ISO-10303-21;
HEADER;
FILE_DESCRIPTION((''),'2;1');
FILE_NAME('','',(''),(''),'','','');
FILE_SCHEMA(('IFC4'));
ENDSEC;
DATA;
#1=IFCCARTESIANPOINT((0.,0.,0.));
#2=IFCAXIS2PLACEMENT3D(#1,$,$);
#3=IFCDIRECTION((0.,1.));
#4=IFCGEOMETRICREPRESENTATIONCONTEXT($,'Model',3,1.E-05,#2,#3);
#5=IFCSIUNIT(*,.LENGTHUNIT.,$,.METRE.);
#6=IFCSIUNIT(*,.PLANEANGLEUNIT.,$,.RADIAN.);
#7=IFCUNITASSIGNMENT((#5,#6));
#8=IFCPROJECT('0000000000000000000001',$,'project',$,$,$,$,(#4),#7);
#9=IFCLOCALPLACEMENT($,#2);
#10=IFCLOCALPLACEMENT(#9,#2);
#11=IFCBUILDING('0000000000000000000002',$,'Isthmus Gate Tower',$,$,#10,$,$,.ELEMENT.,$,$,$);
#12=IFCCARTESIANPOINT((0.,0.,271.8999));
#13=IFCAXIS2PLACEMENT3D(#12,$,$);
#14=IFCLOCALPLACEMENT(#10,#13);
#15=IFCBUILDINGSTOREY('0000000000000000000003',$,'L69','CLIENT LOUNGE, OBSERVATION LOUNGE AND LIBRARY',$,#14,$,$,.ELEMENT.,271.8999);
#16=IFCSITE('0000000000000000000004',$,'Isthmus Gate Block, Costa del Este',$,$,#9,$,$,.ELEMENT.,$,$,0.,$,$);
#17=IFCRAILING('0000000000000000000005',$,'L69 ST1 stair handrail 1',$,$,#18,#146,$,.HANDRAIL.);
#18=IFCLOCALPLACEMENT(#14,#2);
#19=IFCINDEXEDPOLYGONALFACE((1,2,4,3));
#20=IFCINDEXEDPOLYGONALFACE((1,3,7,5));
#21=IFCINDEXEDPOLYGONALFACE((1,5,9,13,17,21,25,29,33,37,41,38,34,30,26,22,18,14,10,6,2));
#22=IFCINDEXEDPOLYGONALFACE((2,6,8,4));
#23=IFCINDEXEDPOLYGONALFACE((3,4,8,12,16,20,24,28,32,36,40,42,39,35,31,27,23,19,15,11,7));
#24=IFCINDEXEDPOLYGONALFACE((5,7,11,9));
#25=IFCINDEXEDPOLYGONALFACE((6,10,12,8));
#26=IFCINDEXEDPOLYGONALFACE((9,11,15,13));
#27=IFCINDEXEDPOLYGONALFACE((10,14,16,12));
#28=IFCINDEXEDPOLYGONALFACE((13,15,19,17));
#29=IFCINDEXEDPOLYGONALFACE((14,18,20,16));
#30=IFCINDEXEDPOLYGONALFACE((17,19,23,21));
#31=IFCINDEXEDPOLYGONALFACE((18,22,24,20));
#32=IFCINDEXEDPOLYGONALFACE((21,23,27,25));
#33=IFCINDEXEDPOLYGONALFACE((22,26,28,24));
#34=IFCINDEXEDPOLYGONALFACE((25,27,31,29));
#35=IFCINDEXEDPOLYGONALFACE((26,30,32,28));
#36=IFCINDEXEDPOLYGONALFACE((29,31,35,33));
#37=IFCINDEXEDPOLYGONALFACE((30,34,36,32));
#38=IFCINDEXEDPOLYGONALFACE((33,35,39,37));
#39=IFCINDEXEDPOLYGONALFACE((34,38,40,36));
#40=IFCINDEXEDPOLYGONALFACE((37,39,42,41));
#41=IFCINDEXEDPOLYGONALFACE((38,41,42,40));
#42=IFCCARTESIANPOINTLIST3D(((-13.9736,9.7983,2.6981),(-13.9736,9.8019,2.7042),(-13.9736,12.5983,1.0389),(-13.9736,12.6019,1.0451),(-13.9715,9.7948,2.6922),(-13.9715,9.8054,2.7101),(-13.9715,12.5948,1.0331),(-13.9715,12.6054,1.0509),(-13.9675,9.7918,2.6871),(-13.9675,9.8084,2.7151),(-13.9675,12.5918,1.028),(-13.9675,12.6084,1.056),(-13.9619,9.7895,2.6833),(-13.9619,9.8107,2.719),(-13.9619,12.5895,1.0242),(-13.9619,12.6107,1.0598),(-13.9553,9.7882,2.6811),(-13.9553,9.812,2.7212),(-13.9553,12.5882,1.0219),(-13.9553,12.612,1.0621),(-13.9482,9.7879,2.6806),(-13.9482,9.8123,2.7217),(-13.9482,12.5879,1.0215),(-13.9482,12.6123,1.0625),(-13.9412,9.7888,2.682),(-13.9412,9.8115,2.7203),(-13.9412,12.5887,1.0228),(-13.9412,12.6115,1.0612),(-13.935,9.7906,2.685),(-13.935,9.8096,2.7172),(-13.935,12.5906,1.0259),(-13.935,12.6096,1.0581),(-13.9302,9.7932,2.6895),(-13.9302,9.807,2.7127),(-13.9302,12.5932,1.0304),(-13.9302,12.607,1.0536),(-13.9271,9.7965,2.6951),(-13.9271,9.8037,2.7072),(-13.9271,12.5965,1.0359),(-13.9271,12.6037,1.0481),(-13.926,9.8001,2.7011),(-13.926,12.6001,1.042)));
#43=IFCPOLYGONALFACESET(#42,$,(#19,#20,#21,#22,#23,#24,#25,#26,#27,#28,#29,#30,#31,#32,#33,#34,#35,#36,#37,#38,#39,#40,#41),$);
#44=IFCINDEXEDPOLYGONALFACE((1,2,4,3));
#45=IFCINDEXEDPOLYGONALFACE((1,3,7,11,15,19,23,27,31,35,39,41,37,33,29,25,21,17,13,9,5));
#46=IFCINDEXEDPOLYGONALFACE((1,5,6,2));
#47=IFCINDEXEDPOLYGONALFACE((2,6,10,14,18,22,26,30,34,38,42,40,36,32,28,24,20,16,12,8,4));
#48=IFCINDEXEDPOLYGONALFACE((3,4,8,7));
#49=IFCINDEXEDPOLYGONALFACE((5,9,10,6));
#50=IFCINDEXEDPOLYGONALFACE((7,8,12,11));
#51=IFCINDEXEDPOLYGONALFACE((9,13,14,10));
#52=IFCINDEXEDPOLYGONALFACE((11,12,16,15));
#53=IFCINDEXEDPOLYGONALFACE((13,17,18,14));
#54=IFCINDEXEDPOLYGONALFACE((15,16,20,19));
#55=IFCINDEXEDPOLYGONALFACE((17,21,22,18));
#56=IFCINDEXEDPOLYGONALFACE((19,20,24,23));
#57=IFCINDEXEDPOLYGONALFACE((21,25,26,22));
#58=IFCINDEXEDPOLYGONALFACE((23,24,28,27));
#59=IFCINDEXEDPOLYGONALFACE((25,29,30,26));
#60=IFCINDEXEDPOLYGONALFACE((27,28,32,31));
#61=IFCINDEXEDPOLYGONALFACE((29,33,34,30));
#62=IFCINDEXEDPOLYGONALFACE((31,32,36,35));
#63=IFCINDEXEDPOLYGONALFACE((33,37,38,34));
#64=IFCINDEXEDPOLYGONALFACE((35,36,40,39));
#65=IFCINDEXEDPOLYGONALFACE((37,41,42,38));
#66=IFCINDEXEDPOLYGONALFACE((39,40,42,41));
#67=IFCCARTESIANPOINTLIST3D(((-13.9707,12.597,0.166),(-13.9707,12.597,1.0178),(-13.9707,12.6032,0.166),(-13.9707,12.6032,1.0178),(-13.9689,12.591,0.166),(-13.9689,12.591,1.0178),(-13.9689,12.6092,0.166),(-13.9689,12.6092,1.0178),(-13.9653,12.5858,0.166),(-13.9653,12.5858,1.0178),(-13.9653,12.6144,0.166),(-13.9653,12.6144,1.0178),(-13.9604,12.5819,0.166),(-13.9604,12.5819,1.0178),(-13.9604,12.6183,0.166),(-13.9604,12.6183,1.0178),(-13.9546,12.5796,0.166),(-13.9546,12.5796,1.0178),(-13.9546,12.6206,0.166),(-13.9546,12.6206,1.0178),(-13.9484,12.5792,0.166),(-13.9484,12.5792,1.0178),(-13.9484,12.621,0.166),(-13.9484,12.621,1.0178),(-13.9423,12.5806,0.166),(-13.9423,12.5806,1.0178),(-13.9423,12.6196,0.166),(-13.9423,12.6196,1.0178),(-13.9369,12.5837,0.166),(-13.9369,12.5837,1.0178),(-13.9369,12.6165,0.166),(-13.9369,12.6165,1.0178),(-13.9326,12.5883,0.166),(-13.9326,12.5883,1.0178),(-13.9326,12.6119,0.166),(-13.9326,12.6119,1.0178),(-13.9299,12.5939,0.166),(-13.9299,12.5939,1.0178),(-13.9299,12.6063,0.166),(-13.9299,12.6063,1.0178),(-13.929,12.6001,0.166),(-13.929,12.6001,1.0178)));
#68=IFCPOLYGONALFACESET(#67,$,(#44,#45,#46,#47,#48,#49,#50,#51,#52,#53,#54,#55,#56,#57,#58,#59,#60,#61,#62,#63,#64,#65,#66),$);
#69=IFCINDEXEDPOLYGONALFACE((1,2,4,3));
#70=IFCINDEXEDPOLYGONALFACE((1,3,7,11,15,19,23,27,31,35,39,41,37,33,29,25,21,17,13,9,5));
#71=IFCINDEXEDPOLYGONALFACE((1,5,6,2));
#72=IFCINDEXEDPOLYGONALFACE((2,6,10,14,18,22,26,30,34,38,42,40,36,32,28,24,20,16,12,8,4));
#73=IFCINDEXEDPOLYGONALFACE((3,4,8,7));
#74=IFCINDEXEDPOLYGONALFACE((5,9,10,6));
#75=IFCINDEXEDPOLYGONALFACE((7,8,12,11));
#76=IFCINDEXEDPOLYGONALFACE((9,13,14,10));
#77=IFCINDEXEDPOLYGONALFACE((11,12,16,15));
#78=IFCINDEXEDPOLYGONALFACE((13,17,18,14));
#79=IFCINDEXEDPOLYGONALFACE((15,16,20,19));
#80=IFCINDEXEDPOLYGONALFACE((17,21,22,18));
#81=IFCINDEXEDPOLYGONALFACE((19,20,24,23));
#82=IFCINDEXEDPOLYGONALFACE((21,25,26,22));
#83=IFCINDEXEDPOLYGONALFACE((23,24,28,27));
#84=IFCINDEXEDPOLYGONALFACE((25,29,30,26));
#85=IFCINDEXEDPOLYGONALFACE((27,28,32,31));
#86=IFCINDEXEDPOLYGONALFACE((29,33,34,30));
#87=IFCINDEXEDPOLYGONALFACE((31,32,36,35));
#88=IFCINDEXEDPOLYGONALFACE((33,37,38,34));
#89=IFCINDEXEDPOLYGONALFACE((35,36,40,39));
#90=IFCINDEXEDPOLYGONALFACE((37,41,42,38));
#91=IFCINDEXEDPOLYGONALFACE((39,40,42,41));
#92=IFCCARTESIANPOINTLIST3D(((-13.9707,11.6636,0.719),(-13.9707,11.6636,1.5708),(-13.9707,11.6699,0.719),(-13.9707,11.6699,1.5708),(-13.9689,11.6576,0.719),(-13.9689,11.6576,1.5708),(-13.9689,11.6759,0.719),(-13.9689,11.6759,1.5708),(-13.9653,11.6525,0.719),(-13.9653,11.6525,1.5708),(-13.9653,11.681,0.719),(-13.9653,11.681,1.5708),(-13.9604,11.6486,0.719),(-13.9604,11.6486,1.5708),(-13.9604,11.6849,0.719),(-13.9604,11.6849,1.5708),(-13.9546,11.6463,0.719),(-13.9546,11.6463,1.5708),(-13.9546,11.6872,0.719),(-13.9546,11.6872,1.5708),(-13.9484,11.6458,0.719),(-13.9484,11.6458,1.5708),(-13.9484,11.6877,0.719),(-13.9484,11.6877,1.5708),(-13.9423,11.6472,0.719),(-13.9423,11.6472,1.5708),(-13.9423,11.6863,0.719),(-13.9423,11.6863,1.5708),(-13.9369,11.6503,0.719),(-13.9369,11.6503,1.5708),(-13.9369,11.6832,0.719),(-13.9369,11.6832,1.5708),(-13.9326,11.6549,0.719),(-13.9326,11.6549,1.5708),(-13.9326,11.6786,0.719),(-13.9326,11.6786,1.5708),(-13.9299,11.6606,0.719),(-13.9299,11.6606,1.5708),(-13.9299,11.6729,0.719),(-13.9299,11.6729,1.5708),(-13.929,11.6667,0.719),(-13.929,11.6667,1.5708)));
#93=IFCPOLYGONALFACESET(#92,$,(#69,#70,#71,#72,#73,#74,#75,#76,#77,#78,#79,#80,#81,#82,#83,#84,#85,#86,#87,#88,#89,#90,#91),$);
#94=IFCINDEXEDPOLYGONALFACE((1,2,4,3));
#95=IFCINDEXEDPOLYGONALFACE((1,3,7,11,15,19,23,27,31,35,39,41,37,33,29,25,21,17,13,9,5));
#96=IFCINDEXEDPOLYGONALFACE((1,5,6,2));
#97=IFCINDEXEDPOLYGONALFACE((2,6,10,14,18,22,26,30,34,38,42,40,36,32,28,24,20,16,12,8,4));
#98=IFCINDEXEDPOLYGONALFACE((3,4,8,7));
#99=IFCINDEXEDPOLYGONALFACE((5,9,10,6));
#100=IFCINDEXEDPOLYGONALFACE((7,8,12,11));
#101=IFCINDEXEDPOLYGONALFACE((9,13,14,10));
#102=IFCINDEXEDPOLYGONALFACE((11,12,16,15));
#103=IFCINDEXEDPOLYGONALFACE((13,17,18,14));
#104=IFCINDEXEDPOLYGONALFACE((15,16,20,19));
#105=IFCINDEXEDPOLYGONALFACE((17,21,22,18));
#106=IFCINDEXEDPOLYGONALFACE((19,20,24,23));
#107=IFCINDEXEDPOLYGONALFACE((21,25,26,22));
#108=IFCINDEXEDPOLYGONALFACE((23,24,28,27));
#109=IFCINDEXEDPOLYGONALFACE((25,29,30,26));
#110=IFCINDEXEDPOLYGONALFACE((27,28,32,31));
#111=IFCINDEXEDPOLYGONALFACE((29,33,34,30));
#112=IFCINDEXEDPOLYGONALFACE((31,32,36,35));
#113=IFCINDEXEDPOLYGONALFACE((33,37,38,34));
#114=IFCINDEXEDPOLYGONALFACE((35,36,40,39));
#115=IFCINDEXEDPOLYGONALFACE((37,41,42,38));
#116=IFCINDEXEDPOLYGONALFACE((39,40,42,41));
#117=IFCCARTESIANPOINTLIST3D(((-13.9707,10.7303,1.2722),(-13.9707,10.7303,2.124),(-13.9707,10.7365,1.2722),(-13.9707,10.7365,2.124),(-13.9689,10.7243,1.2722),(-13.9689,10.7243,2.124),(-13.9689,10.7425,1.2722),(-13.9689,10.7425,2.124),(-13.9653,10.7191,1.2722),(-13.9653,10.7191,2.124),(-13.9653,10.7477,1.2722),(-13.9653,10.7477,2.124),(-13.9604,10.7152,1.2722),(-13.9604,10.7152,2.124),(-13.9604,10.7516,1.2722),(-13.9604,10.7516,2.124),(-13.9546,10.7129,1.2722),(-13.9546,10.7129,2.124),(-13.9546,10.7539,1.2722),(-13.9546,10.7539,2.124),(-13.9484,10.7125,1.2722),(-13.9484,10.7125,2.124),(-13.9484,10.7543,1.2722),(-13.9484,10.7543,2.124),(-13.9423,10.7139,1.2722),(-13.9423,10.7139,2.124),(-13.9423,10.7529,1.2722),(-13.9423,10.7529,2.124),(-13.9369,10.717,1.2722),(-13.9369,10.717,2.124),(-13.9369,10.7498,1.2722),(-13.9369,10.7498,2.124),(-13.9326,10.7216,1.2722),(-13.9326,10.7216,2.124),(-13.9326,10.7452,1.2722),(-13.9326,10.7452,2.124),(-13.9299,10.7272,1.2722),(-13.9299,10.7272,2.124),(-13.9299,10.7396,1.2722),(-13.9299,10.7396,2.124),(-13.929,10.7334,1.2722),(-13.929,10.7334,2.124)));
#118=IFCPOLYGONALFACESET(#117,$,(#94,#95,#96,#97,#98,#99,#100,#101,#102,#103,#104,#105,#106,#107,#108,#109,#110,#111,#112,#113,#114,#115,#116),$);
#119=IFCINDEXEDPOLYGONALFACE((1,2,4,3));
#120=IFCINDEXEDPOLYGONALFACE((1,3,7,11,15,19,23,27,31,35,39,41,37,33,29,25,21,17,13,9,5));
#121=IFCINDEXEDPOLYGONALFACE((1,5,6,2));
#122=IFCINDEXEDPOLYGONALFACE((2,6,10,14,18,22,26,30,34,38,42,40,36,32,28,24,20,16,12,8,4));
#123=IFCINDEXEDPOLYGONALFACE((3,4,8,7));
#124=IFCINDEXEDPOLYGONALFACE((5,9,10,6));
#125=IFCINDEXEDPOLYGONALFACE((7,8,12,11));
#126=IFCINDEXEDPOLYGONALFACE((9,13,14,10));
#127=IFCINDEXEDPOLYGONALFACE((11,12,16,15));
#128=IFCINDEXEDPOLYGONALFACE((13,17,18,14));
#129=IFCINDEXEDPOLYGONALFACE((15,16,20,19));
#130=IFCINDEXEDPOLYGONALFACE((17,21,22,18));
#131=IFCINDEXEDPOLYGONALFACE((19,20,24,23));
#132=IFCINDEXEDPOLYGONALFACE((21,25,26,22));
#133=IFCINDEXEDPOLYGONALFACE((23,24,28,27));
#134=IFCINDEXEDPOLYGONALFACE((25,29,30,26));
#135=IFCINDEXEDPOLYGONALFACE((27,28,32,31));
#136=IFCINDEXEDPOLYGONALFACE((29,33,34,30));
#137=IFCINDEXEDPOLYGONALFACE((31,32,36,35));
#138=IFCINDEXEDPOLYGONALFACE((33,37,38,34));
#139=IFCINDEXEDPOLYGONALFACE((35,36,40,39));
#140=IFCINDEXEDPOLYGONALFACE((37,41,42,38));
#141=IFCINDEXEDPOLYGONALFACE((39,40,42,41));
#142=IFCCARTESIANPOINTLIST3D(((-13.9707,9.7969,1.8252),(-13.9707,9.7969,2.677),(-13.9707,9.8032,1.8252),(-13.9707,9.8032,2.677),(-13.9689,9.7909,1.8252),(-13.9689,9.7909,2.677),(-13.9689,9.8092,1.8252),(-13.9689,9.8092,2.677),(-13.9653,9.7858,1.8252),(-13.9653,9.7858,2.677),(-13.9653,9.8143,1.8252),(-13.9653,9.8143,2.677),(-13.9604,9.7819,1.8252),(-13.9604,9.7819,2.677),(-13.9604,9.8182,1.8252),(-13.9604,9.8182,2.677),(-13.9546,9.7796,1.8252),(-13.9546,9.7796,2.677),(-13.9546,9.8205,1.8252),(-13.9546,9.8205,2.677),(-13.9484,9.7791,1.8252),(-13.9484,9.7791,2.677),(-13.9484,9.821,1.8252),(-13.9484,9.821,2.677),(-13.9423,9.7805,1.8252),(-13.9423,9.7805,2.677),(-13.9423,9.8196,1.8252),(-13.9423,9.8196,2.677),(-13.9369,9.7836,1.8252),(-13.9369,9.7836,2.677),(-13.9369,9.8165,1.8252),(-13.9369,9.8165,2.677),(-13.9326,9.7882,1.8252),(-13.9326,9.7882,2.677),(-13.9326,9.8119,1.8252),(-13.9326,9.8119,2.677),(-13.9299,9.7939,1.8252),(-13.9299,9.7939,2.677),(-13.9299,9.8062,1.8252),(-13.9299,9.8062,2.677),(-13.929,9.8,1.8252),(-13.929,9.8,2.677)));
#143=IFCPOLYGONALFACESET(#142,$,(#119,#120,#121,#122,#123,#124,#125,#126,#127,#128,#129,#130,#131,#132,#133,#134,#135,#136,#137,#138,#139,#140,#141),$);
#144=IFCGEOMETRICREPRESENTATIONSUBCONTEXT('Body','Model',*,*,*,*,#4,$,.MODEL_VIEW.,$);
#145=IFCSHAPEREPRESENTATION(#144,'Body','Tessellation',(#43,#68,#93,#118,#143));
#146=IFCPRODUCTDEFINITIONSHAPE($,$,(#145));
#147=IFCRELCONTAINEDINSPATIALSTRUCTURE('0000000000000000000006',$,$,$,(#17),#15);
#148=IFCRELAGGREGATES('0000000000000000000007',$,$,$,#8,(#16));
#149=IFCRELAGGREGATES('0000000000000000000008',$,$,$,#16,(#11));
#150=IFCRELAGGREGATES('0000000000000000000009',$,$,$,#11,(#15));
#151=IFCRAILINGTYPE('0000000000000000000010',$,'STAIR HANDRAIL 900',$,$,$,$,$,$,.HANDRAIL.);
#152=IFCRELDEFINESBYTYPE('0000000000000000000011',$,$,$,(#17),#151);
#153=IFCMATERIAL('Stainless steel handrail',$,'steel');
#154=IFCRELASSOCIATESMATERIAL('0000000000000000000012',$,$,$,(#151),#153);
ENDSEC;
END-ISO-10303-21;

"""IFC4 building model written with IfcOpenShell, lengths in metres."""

from ifc_helpers import new_model, si_unit, direction, frame, origin, origin_2d, place, context, subcontext, project, spatial, circle, extrude, material, type_object, element, save


model = new_model("IFC4")

# Units and contexts
model_context = context("Model", 3, precision=1e-05, world=origin(), true_north=direction((0.0, 1.0)))
body_context = subcontext(model_context, "Body", "Model", "MODEL_VIEW")
ifc_project = project(units=[si_unit("LENGTHUNIT", "METRE"), si_unit("PLANEANGLEUNIT", "RADIAN")], contexts=[model_context])

# Site, building, storey
site_placement = place(None, origin())
site = spatial("IfcSite", under=ifc_project, at=site_placement, Name="Isthmus Gate Block, Costa del Este", CompositionType="ELEMENT", RefElevation=0.0)
building_placement = place(site_placement, origin())
building = spatial("IfcBuilding", under=site, at=building_placement, Name="Isthmus Gate Tower", CompositionType="ELEMENT")
storey_placement = place(building_placement, frame((0.0, 0.0, 271.8999)))
storey = spatial("IfcBuildingStorey", under=building, at=storey_placement, Name="L69", Description="CLIENT LOUNGE, OBSERVATION LOUNGE AND LIBRARY", CompositionType="ELEMENT", Elevation=271.8999)

# Railing
ifc_material_1 = material(Name="Stainless steel handrail", Category="steel")
railing_type_1 = type_object("IfcRailingType", Name="STAIR HANDRAIL 900", PredefinedType="HANDRAIL", material=ifc_material_1)
railing_1_placement = place(storey_placement, frame((-13.95, 12.6001, 0.166)))
element("IfcRailing", 1, at=railing_1_placement, inside=storey, type_object=railing_type_1, Name="L69 ST1 stair handrail 1", PredefinedType="HANDRAIL", context=body_context, shape_type="SweptSolid", body=[
    extrude(circle(Radius=0.0239, at=origin_2d()), frame((0.0, 0.0, 0.876), z_axis=(0.0, -0.860306, 0.509778), x_axis=(1.0, 0.0, 0.0)), (0.0, 0.0, 1.0), 3.2546),
    extrude(circle(Radius=0.021, at=origin_2d()), origin(), (0.0, 0.0, 1.0), 0.8518),
    extrude(circle(Radius=0.021, at=origin_2d()), frame((0.0, -0.9333, 0.553)), (0.0, 0.0, 1.0), 0.8518),
    extrude(circle(Radius=0.021, at=origin_2d()), frame((0.0, -1.8667, 1.1062)), (0.0, 0.0, 1.0), 0.8518),
    extrude(circle(Radius=0.021, at=origin_2d()), frame((0.0, -2.8, 1.6592)), (0.0, 0.0, 1.0), 0.8518),
])

save(model, "model.ifc")
